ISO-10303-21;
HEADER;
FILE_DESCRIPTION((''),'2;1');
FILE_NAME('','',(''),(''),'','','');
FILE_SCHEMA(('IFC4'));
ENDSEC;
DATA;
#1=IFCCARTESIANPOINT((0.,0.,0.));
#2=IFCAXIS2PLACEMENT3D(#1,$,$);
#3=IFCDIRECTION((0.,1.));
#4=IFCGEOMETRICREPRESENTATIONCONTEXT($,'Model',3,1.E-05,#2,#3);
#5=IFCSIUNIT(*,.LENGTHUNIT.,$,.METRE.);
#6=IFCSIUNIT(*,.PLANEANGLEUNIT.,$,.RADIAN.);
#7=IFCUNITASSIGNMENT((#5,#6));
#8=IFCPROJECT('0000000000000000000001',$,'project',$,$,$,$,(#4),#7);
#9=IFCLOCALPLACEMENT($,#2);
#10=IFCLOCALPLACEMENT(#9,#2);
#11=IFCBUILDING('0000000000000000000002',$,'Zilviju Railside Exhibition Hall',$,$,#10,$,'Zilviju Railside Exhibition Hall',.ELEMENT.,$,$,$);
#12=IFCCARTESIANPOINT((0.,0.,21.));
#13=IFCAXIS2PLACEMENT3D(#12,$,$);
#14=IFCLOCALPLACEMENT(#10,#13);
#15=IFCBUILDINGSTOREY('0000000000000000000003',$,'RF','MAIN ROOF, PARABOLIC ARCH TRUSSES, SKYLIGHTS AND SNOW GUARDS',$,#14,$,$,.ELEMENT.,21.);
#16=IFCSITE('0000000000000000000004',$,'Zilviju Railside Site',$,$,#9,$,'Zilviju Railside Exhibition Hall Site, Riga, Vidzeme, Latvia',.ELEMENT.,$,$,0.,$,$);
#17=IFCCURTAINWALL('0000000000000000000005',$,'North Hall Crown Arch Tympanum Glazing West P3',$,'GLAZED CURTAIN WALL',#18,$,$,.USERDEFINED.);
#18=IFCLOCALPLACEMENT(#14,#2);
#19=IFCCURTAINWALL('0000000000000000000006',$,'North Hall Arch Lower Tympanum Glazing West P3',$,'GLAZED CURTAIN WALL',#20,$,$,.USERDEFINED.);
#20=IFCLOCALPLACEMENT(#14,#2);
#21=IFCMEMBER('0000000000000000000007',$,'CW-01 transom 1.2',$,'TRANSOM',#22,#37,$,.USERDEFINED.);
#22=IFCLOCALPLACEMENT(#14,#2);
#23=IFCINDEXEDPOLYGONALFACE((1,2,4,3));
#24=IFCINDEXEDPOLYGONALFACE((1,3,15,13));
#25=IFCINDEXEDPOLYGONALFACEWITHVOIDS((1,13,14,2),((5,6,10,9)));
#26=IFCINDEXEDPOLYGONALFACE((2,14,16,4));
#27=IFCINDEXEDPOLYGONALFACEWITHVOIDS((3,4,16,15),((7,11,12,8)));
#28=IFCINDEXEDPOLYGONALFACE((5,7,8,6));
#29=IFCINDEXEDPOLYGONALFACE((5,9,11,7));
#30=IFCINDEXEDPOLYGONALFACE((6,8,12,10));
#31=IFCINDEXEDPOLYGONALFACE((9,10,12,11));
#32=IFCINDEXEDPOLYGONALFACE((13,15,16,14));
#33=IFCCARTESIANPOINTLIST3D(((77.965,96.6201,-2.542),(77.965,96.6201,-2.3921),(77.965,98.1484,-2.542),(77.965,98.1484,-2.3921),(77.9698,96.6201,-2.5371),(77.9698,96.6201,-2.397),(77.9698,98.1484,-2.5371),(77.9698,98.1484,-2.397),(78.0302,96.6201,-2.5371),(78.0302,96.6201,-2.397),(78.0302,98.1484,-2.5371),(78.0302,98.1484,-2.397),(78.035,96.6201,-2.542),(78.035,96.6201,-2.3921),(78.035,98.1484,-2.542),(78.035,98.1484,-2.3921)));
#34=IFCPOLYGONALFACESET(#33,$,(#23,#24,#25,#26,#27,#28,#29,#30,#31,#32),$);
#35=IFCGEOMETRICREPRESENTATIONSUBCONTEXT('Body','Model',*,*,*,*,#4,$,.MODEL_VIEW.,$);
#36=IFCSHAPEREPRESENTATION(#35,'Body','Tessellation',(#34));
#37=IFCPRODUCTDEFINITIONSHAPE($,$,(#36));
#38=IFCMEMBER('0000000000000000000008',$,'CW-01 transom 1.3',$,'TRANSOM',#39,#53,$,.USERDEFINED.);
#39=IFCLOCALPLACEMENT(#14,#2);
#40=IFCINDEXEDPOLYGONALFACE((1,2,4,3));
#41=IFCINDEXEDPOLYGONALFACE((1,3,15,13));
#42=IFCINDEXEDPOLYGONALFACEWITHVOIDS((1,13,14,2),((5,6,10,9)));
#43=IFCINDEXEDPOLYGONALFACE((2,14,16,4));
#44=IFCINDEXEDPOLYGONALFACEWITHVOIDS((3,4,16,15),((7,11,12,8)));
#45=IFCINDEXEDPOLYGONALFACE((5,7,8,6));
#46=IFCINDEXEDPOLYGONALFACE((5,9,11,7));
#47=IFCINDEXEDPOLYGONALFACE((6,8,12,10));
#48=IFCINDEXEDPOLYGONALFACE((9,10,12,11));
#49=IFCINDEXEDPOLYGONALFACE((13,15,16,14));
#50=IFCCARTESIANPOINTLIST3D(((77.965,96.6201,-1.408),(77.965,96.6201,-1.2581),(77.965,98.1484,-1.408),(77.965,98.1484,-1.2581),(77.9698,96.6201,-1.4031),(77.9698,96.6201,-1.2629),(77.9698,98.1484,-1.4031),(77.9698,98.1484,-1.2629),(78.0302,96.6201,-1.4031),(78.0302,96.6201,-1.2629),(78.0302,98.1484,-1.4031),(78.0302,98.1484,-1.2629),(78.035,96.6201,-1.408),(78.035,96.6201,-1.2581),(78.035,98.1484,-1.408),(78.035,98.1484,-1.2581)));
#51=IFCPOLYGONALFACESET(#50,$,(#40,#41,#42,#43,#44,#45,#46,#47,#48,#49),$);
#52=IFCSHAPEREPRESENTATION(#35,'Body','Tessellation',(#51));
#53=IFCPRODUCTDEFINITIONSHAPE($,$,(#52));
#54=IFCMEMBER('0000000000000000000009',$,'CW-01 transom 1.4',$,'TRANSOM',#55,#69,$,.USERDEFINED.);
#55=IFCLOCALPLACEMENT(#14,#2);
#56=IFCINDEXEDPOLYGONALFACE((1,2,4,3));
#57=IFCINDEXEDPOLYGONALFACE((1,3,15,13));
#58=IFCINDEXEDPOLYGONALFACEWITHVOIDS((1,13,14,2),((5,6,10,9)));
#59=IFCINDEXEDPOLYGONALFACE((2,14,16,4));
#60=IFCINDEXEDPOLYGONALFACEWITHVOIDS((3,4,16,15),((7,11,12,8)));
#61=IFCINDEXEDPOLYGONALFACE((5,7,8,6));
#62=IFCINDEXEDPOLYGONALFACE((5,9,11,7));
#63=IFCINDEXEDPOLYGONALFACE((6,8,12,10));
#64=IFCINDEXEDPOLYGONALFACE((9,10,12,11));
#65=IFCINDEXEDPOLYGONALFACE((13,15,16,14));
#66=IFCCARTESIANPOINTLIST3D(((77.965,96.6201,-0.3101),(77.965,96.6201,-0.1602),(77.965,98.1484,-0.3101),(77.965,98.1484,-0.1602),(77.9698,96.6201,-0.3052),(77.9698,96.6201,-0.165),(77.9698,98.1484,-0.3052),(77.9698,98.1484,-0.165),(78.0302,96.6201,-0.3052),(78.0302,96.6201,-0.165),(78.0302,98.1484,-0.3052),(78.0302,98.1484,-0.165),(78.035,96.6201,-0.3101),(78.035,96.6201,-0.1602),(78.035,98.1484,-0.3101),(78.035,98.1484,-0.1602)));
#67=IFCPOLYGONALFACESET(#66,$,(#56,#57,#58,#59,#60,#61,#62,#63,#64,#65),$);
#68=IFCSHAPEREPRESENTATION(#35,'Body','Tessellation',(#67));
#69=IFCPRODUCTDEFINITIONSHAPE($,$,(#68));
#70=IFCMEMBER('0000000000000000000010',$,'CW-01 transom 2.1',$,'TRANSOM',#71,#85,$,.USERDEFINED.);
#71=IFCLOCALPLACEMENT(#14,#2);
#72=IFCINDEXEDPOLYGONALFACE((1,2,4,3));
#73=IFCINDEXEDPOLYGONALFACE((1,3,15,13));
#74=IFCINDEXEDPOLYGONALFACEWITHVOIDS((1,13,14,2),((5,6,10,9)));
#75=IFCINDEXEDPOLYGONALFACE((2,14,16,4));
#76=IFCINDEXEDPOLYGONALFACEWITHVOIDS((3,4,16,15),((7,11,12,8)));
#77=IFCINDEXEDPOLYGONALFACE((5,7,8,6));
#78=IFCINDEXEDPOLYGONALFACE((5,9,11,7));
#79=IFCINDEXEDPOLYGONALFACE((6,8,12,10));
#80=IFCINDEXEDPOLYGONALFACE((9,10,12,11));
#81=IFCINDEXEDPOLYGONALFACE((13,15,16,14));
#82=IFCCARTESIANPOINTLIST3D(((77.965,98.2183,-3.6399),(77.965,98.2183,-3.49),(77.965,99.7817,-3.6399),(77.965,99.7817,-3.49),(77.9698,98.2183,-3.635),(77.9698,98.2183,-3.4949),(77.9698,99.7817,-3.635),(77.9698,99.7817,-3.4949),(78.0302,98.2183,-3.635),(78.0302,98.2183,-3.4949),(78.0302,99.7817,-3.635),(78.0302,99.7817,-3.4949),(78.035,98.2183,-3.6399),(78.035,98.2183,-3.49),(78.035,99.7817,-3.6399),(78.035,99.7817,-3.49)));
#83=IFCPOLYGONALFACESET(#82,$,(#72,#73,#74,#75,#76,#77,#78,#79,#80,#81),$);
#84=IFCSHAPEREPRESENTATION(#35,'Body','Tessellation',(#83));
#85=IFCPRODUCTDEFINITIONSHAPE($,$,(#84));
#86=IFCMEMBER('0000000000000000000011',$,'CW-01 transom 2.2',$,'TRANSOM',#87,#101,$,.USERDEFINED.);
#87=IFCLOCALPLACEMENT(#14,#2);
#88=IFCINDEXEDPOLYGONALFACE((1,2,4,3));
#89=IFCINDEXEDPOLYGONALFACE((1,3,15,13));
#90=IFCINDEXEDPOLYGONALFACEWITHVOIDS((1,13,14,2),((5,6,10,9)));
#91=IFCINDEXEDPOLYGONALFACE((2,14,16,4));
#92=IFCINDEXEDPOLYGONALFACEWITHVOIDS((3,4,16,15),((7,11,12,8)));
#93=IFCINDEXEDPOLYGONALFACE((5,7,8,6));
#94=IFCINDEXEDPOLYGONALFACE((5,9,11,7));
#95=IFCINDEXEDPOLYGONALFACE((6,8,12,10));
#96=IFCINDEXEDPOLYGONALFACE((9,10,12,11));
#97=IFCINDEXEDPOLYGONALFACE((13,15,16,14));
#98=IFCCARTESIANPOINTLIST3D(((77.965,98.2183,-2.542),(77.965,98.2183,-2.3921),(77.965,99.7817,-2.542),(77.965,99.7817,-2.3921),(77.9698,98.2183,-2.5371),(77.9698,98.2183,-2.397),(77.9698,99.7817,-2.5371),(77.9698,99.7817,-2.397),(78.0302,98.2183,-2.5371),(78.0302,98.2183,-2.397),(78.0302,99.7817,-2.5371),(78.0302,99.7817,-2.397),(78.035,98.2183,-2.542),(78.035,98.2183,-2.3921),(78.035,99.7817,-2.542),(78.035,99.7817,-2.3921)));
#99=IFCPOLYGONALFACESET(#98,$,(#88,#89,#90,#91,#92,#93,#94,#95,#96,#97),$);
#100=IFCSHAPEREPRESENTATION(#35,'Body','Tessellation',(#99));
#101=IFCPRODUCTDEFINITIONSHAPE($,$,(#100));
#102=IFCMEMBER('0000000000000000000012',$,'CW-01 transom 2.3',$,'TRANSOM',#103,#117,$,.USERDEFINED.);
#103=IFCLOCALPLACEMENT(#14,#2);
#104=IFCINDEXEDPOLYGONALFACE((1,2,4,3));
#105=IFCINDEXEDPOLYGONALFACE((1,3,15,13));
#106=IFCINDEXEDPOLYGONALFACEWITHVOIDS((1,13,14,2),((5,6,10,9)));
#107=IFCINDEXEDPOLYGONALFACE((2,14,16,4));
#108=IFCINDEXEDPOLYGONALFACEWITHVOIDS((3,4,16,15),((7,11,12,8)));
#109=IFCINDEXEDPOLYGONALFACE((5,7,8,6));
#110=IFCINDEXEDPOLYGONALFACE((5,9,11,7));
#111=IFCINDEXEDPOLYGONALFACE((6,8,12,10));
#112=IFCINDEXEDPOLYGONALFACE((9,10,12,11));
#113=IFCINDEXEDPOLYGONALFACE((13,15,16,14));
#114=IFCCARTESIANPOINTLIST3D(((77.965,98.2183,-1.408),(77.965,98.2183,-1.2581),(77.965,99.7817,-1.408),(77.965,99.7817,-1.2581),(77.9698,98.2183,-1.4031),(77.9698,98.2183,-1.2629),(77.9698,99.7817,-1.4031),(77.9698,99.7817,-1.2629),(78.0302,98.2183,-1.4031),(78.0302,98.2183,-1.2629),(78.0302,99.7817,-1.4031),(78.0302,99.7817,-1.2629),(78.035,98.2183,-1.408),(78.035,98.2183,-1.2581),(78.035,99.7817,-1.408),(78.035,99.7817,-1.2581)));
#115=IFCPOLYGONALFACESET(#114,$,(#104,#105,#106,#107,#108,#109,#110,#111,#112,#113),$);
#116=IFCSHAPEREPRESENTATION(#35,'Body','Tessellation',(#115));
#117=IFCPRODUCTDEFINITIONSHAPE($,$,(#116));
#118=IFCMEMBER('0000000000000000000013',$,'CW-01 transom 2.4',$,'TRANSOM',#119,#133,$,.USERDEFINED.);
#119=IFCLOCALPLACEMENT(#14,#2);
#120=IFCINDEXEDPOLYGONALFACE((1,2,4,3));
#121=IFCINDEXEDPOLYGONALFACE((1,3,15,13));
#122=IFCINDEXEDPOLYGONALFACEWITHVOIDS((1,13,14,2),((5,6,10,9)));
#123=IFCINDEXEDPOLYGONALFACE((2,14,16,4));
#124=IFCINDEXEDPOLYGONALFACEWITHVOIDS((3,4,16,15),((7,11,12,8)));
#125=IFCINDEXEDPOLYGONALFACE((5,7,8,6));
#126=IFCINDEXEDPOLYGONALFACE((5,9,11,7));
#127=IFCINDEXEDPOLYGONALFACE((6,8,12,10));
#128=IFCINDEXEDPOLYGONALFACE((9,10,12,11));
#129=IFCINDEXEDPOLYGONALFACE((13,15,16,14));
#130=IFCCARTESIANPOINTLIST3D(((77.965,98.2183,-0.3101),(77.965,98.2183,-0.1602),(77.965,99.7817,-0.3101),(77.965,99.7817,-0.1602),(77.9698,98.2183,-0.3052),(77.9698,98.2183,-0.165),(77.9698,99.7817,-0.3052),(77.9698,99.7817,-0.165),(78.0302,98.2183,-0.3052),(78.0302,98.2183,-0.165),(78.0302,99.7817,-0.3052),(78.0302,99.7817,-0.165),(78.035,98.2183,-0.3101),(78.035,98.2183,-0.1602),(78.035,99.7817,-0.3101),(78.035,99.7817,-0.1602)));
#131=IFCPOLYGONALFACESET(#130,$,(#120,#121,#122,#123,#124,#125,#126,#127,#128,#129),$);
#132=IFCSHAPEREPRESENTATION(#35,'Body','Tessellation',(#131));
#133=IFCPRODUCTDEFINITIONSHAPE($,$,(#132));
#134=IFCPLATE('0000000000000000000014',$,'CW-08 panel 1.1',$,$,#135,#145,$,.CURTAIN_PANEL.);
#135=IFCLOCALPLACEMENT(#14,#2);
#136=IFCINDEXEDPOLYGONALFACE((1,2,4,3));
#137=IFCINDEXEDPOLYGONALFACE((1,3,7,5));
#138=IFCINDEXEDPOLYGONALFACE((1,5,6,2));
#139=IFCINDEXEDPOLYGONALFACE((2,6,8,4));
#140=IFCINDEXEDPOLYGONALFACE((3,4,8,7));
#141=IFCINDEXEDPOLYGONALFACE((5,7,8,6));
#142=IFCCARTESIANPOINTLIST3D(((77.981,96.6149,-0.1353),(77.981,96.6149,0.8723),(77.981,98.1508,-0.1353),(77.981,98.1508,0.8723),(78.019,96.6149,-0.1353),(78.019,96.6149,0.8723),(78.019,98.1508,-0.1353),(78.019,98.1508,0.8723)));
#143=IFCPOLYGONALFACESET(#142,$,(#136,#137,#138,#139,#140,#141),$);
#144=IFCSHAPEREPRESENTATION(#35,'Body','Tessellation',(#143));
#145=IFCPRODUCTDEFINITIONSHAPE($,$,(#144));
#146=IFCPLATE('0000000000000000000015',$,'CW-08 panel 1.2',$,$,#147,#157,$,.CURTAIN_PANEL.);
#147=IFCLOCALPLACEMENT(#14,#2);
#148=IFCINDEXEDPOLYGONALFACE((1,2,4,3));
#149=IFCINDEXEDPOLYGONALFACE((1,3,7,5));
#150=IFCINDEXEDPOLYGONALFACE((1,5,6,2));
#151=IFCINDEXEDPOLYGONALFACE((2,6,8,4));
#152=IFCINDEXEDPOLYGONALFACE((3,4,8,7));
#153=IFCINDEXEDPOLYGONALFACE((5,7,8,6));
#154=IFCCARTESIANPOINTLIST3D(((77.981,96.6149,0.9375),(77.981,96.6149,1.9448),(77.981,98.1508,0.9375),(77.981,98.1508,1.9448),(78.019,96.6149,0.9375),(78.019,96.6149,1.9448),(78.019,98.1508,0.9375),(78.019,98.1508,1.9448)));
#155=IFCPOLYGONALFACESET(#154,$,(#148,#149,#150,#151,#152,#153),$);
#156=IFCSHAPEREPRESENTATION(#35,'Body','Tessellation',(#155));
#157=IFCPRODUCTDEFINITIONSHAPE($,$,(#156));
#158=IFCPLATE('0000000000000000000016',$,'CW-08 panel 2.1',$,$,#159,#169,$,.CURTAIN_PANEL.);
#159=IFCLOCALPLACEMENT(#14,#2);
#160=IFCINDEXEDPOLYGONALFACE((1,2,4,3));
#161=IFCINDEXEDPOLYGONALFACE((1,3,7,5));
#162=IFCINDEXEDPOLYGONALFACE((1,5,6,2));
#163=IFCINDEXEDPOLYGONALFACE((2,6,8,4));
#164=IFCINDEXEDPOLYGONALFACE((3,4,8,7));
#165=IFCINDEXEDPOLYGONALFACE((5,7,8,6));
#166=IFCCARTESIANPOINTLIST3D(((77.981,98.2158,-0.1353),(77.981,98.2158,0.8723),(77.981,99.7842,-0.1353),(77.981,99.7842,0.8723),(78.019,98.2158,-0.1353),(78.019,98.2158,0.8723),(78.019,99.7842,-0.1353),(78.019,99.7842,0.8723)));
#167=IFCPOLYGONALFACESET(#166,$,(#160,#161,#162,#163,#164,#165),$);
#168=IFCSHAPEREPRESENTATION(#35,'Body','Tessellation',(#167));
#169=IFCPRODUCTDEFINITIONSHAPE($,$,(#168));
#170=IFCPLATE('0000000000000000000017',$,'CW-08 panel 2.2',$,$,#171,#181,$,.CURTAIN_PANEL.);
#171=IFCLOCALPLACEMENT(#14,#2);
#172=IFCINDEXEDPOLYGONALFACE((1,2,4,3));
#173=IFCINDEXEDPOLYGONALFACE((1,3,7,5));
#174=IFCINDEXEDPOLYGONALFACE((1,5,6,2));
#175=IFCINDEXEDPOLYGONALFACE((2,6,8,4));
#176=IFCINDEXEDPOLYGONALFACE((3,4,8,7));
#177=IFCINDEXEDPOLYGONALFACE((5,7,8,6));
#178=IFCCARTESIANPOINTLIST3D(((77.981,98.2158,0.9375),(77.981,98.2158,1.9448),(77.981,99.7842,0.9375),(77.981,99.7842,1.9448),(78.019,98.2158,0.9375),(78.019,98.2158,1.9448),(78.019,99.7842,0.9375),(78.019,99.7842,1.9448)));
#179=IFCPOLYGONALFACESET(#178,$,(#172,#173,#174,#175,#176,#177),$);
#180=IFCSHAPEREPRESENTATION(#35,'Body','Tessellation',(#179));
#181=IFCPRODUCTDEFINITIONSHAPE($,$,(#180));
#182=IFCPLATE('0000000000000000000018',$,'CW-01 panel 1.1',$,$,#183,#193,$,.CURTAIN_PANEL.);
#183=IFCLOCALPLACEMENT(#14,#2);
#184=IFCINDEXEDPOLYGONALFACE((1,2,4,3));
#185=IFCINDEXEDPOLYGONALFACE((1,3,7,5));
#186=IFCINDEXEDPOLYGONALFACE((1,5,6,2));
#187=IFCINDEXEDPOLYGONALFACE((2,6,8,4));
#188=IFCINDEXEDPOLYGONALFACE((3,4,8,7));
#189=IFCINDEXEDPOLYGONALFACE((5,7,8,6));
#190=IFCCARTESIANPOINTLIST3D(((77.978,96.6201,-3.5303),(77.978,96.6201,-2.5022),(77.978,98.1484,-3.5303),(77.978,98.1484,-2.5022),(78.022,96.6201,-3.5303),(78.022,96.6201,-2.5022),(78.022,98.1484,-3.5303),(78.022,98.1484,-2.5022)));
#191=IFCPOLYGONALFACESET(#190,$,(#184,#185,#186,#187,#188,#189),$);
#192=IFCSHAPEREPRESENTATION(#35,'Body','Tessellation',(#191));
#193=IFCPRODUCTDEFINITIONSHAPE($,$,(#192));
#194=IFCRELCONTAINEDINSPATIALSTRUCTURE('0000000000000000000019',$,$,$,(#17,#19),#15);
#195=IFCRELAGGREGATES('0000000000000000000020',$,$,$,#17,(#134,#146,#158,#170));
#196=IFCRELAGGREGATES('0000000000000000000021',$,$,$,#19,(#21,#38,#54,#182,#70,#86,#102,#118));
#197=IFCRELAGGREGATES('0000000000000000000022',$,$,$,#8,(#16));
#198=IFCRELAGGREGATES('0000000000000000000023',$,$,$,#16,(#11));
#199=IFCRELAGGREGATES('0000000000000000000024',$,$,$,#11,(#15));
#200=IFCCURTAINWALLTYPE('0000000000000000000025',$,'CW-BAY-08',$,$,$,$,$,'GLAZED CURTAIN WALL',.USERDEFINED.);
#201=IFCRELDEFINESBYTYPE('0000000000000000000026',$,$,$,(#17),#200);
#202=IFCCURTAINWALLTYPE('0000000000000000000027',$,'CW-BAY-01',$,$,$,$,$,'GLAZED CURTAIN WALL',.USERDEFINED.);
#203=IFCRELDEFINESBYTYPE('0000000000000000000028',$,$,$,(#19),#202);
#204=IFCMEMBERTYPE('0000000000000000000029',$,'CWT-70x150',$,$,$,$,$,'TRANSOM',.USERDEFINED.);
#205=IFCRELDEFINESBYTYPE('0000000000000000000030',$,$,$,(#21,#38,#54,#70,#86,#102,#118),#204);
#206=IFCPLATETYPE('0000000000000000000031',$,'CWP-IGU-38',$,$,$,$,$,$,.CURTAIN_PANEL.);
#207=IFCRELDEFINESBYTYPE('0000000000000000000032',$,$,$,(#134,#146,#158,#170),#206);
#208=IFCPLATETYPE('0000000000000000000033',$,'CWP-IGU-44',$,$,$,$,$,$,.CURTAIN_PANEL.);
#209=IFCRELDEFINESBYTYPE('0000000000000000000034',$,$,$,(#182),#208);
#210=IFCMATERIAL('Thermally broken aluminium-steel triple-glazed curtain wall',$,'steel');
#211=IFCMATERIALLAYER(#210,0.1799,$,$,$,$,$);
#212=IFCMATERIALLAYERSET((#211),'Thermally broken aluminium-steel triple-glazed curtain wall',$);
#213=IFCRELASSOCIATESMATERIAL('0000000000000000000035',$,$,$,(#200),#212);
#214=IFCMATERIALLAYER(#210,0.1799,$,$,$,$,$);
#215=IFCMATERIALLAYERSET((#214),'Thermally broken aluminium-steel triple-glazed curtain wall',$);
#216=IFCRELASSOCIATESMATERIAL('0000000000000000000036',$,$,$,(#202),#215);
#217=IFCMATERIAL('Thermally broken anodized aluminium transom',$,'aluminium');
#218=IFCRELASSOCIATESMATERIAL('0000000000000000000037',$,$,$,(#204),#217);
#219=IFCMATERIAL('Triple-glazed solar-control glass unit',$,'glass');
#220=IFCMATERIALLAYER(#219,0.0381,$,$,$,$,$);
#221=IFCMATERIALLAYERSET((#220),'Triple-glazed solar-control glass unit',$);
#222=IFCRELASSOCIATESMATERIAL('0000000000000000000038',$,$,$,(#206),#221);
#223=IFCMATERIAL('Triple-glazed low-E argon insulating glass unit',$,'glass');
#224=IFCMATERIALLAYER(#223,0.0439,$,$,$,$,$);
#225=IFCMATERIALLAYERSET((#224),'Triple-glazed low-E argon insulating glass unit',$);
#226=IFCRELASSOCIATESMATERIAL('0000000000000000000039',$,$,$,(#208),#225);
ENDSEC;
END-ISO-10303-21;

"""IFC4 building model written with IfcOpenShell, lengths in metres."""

from ifc_helpers import new_model, si_unit, direction, frame, origin, origin_2d, place, context, subcontext, project, spatial, rectangle, hollow_rectangle, extrude, material, layer, layer_set, material_profile, profile_set, type_object, element, aggregate, save


model = new_model("IFC4")

# Units and contexts
model_context = context("Model", 3, precision=1e-05, world=origin(), true_north=direction((0.0, 1.0)))
body_context = subcontext(model_context, "Body", "Model", "MODEL_VIEW")
ifc_project = project(units=[si_unit("LENGTHUNIT", "METRE"), si_unit("PLANEANGLEUNIT", "RADIAN")], contexts=[model_context])

# Site, building, storey
site_placement = place(None, origin())
site = spatial("IfcSite", under=ifc_project, at=site_placement, Name="Zilviju Railside Site", LongName="Zilviju Railside Exhibition Hall Site, Riga, Vidzeme, Latvia", CompositionType="ELEMENT", RefElevation=0.0)
building_placement = place(site_placement, origin())
building = spatial("IfcBuilding", under=site, at=building_placement, Name="Zilviju Railside Exhibition Hall", LongName="Zilviju Railside Exhibition Hall", CompositionType="ELEMENT")
storey_placement = place(building_placement, frame((0.0, 0.0, 21.0)))
storey = spatial("IfcBuildingStorey", under=building, at=storey_placement, Name="RF", Description="MAIN ROOF, PARABOLIC ARCH TRUSSES, SKYLIGHTS AND SNOW GUARDS", CompositionType="ELEMENT", Elevation=21.0)

# Curtain walls
ifc_material_1 = material(Name="Thermally broken aluminium-steel triple-glazed curtain wall", Category="steel")
ifc_layer_1 = layer(ifc_material_1, 0.1799)
ifc_layer_set_1 = layer_set([ifc_layer_1], Name="Thermally broken aluminium-steel triple-glazed curtain wall")
curtain_wall_type_1 = type_object("IfcCurtainWallType", Name="CW-BAY-08", ElementType="GLAZED CURTAIN WALL", PredefinedType="USERDEFINED", material=ifc_layer_set_1)
curtain_wall_1_placement = place(storey_placement, origin())
curtain_wall_1 = element("IfcCurtainWall", 1, at=curtain_wall_1_placement, inside=storey, type_object=curtain_wall_type_1, Name="North Hall Crown Arch Tympanum Glazing West P3", ObjectType="GLAZED CURTAIN WALL", PredefinedType="USERDEFINED")
ifc_layer_2 = layer(ifc_material_1, 0.1799)
ifc_layer_set_2 = layer_set([ifc_layer_2], Name="Thermally broken aluminium-steel triple-glazed curtain wall")
curtain_wall_type_2 = type_object("IfcCurtainWallType", Name="CW-BAY-01", ElementType="GLAZED CURTAIN WALL", PredefinedType="USERDEFINED", material=ifc_layer_set_2)
curtain_wall_2_placement = place(storey_placement, origin())
curtain_wall_2 = element("IfcCurtainWall", 2, at=curtain_wall_2_placement, inside=storey, type_object=curtain_wall_type_2, Name="North Hall Arch Lower Tympanum Glazing West P3", ObjectType="GLAZED CURTAIN WALL", PredefinedType="USERDEFINED")

# Members
ifc_material_2 = material(Name="Thermally broken anodized aluminium transom", Category="aluminium")
ifc_material_profile_1 = material_profile(ifc_material_2, hollow_rectangle(XDim=0.0701, YDim=0.1499, WallThickness=0.0049, at=origin_2d()), Name="TRANSOM 150x70x5")
ifc_profile_set_1 = profile_set([ifc_material_profile_1], Name="Thermally broken anodized aluminium transom")
member_type_1 = type_object("IfcMemberType", Name="CWT-70x150", ElementType="TRANSOM", PredefinedType="USERDEFINED", material=ifc_profile_set_1)
member_1_placement = place(storey_placement, frame((78.0, 96.6201, -2.467), z_axis=(0.0, 1.0, 0.0), x_axis=(-1.0, 0.0, 0.0)))
member_1 = element("IfcMember", 3, at=member_1_placement, type_object=member_type_1, Name="CW-01 transom 1.2", ObjectType="TRANSOM", PredefinedType="USERDEFINED", context=body_context, shape_type="SweptSolid", body=[
    extrude(hollow_rectangle(XDim=0.0701, YDim=0.1499, WallThickness=0.0049, at=origin_2d()), origin(), (0.0, 0.0, 1.0), 1.5283),
])
member_2_placement = place(storey_placement, frame((78.0, 96.6201, -1.333), z_axis=(0.0, 1.0, 0.0), x_axis=(-1.0, 0.0, 0.0)))
member_2 = element("IfcMember", 4, at=member_2_placement, type_object=member_type_1, Name="CW-01 transom 1.3", ObjectType="TRANSOM", PredefinedType="USERDEFINED", context=body_context, shape_type="SweptSolid", body=[
    extrude(hollow_rectangle(XDim=0.0701, YDim=0.1499, WallThickness=0.0049, at=origin_2d()), origin(), (0.0, 0.0, 1.0), 1.5283),
])
member_3_placement = place(storey_placement, frame((78.0, 96.6201, -0.2351), z_axis=(0.0, 1.0, 0.0), x_axis=(-1.0, 0.0, 0.0)))
member_3 = element("IfcMember", 5, at=member_3_placement, type_object=member_type_1, Name="CW-01 transom 1.4", ObjectType="TRANSOM", PredefinedType="USERDEFINED", context=body_context, shape_type="SweptSolid", body=[
    extrude(hollow_rectangle(XDim=0.0701, YDim=0.1499, WallThickness=0.0049, at=origin_2d()), origin(), (0.0, 0.0, 1.0), 1.5283),
])
member_4_placement = place(storey_placement, frame((78.0, 98.2183, -3.5649), z_axis=(0.0, 1.0, 0.0), x_axis=(-1.0, 0.0, 0.0)))
member_4 = element("IfcMember", 6, at=member_4_placement, type_object=member_type_1, Name="CW-01 transom 2.1", ObjectType="TRANSOM", PredefinedType="USERDEFINED", context=body_context, shape_type="SweptSolid", body=[
    extrude(hollow_rectangle(XDim=0.0701, YDim=0.1499, WallThickness=0.0049, at=origin_2d()), origin(), (0.0, 0.0, 1.0), 1.5635),
])
member_5_placement = place(storey_placement, frame((78.0, 98.2183, -2.467), z_axis=(0.0, 1.0, 0.0), x_axis=(-1.0, 0.0, 0.0)))
member_5 = element("IfcMember", 7, at=member_5_placement, type_object=member_type_1, Name="CW-01 transom 2.2", ObjectType="TRANSOM", PredefinedType="USERDEFINED", context=body_context, shape_type="SweptSolid", body=[
    extrude(hollow_rectangle(XDim=0.0701, YDim=0.1499, WallThickness=0.0049, at=origin_2d()), origin(), (0.0, 0.0, 1.0), 1.5635),
])
member_6_placement = place(storey_placement, frame((78.0, 98.2183, -1.333), z_axis=(0.0, 1.0, 0.0), x_axis=(-1.0, 0.0, 0.0)))
member_6 = element("IfcMember", 8, at=member_6_placement, type_object=member_type_1, Name="CW-01 transom 2.3", ObjectType="TRANSOM", PredefinedType="USERDEFINED", context=body_context, shape_type="SweptSolid", body=[
    extrude(hollow_rectangle(XDim=0.0701, YDim=0.1499, WallThickness=0.0049, at=origin_2d()), origin(), (0.0, 0.0, 1.0), 1.5635),
])
member_7_placement = place(storey_placement, frame((78.0, 98.2183, -0.2351), z_axis=(0.0, 1.0, 0.0), x_axis=(-1.0, 0.0, 0.0)))
member_7 = element("IfcMember", 9, at=member_7_placement, type_object=member_type_1, Name="CW-01 transom 2.4", ObjectType="TRANSOM", PredefinedType="USERDEFINED", context=body_context, shape_type="SweptSolid", body=[
    extrude(hollow_rectangle(XDim=0.0701, YDim=0.1499, WallThickness=0.0049, at=origin_2d()), origin(), (0.0, 0.0, 1.0), 1.5635),
])

# Plates
ifc_material_3 = material(Name="Triple-glazed solar-control glass unit", Category="glass")
ifc_layer_3 = layer(ifc_material_3, 0.0381)
ifc_layer_set_3 = layer_set([ifc_layer_3], Name="Triple-glazed solar-control glass unit")
plate_type_1 = type_object("IfcPlateType", Name="CWP-IGU-38", PredefinedType="CURTAIN_PANEL", material=ifc_layer_set_3)
plate_1_placement = place(storey_placement, frame((78.0, 97.3828, -0.1353), z_axis=(0.0, 0.0, 1.0), x_axis=(0.0, 1.0, 0.0)))
plate_1 = element("IfcPlate", 10, at=plate_1_placement, type_object=plate_type_1, Name="CW-08 panel 1.1", PredefinedType="CURTAIN_PANEL", context=body_context, shape_type="SweptSolid", body=[
    extrude(rectangle(XDim=1.5359, YDim=0.0381, at=origin_2d()), origin(), (0.0, 0.0, 1.0), 1.0076),
])
plate_2_placement = place(storey_placement, frame((78.0, 97.3828, 0.9375), z_axis=(0.0, 0.0, 1.0), x_axis=(0.0, 1.0, 0.0)))
plate_2 = element("IfcPlate", 11, at=plate_2_placement, type_object=plate_type_1, Name="CW-08 panel 1.2", PredefinedType="CURTAIN_PANEL", context=body_context, shape_type="SweptSolid", body=[
    extrude(rectangle(XDim=1.5359, YDim=0.0381, at=origin_2d()), origin(), (0.0, 0.0, 1.0), 1.0073),
])
plate_3_placement = place(storey_placement, frame((78.0, 99.0, -0.1353), z_axis=(0.0, 0.0, 1.0), x_axis=(0.0, 1.0, 0.0)))
plate_3 = element("IfcPlate", 12, at=plate_3_placement, type_object=plate_type_1, Name="CW-08 panel 2.1", PredefinedType="CURTAIN_PANEL", context=body_context, shape_type="SweptSolid", body=[
    extrude(rectangle(XDim=1.5684, YDim=0.0381, at=origin_2d()), origin(), (0.0, 0.0, 1.0), 1.0076),
])
plate_4_placement = place(storey_placement, frame((78.0, 99.0, 0.9375), z_axis=(0.0, 0.0, 1.0), x_axis=(0.0, 1.0, 0.0)))
plate_4 = element("IfcPlate", 13, at=plate_4_placement, type_object=plate_type_1, Name="CW-08 panel 2.2", PredefinedType="CURTAIN_PANEL", context=body_context, shape_type="SweptSolid", body=[
    extrude(rectangle(XDim=1.5684, YDim=0.0381, at=origin_2d()), origin(), (0.0, 0.0, 1.0), 1.0073),
])
aggregate(curtain_wall_1, [plate_1, plate_2, plate_3, plate_4])
ifc_material_4 = material(Name="Triple-glazed low-E argon insulating glass unit", Category="glass")
ifc_layer_4 = layer(ifc_material_4, 0.0439)
ifc_layer_set_4 = layer_set([ifc_layer_4], Name="Triple-glazed low-E argon insulating glass unit")
plate_type_2 = type_object("IfcPlateType", Name="CWP-IGU-44", PredefinedType="CURTAIN_PANEL", material=ifc_layer_set_4)
plate_5_placement = place(storey_placement, frame((78.0, 97.3843, -3.5303), z_axis=(0.0, 0.0, 1.0), x_axis=(0.0, 1.0, 0.0)))
plate_5 = element("IfcPlate", 14, at=plate_5_placement, type_object=plate_type_2, Name="CW-01 panel 1.1", PredefinedType="CURTAIN_PANEL", context=body_context, shape_type="SweptSolid", body=[
    extrude(rectangle(XDim=1.5283, YDim=0.0439, at=origin_2d()), origin(), (0.0, 0.0, 1.0), 1.0281),
])
aggregate(curtain_wall_2, [member_1, member_2, member_3, plate_5, member_4, member_5, member_6, member_7])

save(model, "model.ifc")
